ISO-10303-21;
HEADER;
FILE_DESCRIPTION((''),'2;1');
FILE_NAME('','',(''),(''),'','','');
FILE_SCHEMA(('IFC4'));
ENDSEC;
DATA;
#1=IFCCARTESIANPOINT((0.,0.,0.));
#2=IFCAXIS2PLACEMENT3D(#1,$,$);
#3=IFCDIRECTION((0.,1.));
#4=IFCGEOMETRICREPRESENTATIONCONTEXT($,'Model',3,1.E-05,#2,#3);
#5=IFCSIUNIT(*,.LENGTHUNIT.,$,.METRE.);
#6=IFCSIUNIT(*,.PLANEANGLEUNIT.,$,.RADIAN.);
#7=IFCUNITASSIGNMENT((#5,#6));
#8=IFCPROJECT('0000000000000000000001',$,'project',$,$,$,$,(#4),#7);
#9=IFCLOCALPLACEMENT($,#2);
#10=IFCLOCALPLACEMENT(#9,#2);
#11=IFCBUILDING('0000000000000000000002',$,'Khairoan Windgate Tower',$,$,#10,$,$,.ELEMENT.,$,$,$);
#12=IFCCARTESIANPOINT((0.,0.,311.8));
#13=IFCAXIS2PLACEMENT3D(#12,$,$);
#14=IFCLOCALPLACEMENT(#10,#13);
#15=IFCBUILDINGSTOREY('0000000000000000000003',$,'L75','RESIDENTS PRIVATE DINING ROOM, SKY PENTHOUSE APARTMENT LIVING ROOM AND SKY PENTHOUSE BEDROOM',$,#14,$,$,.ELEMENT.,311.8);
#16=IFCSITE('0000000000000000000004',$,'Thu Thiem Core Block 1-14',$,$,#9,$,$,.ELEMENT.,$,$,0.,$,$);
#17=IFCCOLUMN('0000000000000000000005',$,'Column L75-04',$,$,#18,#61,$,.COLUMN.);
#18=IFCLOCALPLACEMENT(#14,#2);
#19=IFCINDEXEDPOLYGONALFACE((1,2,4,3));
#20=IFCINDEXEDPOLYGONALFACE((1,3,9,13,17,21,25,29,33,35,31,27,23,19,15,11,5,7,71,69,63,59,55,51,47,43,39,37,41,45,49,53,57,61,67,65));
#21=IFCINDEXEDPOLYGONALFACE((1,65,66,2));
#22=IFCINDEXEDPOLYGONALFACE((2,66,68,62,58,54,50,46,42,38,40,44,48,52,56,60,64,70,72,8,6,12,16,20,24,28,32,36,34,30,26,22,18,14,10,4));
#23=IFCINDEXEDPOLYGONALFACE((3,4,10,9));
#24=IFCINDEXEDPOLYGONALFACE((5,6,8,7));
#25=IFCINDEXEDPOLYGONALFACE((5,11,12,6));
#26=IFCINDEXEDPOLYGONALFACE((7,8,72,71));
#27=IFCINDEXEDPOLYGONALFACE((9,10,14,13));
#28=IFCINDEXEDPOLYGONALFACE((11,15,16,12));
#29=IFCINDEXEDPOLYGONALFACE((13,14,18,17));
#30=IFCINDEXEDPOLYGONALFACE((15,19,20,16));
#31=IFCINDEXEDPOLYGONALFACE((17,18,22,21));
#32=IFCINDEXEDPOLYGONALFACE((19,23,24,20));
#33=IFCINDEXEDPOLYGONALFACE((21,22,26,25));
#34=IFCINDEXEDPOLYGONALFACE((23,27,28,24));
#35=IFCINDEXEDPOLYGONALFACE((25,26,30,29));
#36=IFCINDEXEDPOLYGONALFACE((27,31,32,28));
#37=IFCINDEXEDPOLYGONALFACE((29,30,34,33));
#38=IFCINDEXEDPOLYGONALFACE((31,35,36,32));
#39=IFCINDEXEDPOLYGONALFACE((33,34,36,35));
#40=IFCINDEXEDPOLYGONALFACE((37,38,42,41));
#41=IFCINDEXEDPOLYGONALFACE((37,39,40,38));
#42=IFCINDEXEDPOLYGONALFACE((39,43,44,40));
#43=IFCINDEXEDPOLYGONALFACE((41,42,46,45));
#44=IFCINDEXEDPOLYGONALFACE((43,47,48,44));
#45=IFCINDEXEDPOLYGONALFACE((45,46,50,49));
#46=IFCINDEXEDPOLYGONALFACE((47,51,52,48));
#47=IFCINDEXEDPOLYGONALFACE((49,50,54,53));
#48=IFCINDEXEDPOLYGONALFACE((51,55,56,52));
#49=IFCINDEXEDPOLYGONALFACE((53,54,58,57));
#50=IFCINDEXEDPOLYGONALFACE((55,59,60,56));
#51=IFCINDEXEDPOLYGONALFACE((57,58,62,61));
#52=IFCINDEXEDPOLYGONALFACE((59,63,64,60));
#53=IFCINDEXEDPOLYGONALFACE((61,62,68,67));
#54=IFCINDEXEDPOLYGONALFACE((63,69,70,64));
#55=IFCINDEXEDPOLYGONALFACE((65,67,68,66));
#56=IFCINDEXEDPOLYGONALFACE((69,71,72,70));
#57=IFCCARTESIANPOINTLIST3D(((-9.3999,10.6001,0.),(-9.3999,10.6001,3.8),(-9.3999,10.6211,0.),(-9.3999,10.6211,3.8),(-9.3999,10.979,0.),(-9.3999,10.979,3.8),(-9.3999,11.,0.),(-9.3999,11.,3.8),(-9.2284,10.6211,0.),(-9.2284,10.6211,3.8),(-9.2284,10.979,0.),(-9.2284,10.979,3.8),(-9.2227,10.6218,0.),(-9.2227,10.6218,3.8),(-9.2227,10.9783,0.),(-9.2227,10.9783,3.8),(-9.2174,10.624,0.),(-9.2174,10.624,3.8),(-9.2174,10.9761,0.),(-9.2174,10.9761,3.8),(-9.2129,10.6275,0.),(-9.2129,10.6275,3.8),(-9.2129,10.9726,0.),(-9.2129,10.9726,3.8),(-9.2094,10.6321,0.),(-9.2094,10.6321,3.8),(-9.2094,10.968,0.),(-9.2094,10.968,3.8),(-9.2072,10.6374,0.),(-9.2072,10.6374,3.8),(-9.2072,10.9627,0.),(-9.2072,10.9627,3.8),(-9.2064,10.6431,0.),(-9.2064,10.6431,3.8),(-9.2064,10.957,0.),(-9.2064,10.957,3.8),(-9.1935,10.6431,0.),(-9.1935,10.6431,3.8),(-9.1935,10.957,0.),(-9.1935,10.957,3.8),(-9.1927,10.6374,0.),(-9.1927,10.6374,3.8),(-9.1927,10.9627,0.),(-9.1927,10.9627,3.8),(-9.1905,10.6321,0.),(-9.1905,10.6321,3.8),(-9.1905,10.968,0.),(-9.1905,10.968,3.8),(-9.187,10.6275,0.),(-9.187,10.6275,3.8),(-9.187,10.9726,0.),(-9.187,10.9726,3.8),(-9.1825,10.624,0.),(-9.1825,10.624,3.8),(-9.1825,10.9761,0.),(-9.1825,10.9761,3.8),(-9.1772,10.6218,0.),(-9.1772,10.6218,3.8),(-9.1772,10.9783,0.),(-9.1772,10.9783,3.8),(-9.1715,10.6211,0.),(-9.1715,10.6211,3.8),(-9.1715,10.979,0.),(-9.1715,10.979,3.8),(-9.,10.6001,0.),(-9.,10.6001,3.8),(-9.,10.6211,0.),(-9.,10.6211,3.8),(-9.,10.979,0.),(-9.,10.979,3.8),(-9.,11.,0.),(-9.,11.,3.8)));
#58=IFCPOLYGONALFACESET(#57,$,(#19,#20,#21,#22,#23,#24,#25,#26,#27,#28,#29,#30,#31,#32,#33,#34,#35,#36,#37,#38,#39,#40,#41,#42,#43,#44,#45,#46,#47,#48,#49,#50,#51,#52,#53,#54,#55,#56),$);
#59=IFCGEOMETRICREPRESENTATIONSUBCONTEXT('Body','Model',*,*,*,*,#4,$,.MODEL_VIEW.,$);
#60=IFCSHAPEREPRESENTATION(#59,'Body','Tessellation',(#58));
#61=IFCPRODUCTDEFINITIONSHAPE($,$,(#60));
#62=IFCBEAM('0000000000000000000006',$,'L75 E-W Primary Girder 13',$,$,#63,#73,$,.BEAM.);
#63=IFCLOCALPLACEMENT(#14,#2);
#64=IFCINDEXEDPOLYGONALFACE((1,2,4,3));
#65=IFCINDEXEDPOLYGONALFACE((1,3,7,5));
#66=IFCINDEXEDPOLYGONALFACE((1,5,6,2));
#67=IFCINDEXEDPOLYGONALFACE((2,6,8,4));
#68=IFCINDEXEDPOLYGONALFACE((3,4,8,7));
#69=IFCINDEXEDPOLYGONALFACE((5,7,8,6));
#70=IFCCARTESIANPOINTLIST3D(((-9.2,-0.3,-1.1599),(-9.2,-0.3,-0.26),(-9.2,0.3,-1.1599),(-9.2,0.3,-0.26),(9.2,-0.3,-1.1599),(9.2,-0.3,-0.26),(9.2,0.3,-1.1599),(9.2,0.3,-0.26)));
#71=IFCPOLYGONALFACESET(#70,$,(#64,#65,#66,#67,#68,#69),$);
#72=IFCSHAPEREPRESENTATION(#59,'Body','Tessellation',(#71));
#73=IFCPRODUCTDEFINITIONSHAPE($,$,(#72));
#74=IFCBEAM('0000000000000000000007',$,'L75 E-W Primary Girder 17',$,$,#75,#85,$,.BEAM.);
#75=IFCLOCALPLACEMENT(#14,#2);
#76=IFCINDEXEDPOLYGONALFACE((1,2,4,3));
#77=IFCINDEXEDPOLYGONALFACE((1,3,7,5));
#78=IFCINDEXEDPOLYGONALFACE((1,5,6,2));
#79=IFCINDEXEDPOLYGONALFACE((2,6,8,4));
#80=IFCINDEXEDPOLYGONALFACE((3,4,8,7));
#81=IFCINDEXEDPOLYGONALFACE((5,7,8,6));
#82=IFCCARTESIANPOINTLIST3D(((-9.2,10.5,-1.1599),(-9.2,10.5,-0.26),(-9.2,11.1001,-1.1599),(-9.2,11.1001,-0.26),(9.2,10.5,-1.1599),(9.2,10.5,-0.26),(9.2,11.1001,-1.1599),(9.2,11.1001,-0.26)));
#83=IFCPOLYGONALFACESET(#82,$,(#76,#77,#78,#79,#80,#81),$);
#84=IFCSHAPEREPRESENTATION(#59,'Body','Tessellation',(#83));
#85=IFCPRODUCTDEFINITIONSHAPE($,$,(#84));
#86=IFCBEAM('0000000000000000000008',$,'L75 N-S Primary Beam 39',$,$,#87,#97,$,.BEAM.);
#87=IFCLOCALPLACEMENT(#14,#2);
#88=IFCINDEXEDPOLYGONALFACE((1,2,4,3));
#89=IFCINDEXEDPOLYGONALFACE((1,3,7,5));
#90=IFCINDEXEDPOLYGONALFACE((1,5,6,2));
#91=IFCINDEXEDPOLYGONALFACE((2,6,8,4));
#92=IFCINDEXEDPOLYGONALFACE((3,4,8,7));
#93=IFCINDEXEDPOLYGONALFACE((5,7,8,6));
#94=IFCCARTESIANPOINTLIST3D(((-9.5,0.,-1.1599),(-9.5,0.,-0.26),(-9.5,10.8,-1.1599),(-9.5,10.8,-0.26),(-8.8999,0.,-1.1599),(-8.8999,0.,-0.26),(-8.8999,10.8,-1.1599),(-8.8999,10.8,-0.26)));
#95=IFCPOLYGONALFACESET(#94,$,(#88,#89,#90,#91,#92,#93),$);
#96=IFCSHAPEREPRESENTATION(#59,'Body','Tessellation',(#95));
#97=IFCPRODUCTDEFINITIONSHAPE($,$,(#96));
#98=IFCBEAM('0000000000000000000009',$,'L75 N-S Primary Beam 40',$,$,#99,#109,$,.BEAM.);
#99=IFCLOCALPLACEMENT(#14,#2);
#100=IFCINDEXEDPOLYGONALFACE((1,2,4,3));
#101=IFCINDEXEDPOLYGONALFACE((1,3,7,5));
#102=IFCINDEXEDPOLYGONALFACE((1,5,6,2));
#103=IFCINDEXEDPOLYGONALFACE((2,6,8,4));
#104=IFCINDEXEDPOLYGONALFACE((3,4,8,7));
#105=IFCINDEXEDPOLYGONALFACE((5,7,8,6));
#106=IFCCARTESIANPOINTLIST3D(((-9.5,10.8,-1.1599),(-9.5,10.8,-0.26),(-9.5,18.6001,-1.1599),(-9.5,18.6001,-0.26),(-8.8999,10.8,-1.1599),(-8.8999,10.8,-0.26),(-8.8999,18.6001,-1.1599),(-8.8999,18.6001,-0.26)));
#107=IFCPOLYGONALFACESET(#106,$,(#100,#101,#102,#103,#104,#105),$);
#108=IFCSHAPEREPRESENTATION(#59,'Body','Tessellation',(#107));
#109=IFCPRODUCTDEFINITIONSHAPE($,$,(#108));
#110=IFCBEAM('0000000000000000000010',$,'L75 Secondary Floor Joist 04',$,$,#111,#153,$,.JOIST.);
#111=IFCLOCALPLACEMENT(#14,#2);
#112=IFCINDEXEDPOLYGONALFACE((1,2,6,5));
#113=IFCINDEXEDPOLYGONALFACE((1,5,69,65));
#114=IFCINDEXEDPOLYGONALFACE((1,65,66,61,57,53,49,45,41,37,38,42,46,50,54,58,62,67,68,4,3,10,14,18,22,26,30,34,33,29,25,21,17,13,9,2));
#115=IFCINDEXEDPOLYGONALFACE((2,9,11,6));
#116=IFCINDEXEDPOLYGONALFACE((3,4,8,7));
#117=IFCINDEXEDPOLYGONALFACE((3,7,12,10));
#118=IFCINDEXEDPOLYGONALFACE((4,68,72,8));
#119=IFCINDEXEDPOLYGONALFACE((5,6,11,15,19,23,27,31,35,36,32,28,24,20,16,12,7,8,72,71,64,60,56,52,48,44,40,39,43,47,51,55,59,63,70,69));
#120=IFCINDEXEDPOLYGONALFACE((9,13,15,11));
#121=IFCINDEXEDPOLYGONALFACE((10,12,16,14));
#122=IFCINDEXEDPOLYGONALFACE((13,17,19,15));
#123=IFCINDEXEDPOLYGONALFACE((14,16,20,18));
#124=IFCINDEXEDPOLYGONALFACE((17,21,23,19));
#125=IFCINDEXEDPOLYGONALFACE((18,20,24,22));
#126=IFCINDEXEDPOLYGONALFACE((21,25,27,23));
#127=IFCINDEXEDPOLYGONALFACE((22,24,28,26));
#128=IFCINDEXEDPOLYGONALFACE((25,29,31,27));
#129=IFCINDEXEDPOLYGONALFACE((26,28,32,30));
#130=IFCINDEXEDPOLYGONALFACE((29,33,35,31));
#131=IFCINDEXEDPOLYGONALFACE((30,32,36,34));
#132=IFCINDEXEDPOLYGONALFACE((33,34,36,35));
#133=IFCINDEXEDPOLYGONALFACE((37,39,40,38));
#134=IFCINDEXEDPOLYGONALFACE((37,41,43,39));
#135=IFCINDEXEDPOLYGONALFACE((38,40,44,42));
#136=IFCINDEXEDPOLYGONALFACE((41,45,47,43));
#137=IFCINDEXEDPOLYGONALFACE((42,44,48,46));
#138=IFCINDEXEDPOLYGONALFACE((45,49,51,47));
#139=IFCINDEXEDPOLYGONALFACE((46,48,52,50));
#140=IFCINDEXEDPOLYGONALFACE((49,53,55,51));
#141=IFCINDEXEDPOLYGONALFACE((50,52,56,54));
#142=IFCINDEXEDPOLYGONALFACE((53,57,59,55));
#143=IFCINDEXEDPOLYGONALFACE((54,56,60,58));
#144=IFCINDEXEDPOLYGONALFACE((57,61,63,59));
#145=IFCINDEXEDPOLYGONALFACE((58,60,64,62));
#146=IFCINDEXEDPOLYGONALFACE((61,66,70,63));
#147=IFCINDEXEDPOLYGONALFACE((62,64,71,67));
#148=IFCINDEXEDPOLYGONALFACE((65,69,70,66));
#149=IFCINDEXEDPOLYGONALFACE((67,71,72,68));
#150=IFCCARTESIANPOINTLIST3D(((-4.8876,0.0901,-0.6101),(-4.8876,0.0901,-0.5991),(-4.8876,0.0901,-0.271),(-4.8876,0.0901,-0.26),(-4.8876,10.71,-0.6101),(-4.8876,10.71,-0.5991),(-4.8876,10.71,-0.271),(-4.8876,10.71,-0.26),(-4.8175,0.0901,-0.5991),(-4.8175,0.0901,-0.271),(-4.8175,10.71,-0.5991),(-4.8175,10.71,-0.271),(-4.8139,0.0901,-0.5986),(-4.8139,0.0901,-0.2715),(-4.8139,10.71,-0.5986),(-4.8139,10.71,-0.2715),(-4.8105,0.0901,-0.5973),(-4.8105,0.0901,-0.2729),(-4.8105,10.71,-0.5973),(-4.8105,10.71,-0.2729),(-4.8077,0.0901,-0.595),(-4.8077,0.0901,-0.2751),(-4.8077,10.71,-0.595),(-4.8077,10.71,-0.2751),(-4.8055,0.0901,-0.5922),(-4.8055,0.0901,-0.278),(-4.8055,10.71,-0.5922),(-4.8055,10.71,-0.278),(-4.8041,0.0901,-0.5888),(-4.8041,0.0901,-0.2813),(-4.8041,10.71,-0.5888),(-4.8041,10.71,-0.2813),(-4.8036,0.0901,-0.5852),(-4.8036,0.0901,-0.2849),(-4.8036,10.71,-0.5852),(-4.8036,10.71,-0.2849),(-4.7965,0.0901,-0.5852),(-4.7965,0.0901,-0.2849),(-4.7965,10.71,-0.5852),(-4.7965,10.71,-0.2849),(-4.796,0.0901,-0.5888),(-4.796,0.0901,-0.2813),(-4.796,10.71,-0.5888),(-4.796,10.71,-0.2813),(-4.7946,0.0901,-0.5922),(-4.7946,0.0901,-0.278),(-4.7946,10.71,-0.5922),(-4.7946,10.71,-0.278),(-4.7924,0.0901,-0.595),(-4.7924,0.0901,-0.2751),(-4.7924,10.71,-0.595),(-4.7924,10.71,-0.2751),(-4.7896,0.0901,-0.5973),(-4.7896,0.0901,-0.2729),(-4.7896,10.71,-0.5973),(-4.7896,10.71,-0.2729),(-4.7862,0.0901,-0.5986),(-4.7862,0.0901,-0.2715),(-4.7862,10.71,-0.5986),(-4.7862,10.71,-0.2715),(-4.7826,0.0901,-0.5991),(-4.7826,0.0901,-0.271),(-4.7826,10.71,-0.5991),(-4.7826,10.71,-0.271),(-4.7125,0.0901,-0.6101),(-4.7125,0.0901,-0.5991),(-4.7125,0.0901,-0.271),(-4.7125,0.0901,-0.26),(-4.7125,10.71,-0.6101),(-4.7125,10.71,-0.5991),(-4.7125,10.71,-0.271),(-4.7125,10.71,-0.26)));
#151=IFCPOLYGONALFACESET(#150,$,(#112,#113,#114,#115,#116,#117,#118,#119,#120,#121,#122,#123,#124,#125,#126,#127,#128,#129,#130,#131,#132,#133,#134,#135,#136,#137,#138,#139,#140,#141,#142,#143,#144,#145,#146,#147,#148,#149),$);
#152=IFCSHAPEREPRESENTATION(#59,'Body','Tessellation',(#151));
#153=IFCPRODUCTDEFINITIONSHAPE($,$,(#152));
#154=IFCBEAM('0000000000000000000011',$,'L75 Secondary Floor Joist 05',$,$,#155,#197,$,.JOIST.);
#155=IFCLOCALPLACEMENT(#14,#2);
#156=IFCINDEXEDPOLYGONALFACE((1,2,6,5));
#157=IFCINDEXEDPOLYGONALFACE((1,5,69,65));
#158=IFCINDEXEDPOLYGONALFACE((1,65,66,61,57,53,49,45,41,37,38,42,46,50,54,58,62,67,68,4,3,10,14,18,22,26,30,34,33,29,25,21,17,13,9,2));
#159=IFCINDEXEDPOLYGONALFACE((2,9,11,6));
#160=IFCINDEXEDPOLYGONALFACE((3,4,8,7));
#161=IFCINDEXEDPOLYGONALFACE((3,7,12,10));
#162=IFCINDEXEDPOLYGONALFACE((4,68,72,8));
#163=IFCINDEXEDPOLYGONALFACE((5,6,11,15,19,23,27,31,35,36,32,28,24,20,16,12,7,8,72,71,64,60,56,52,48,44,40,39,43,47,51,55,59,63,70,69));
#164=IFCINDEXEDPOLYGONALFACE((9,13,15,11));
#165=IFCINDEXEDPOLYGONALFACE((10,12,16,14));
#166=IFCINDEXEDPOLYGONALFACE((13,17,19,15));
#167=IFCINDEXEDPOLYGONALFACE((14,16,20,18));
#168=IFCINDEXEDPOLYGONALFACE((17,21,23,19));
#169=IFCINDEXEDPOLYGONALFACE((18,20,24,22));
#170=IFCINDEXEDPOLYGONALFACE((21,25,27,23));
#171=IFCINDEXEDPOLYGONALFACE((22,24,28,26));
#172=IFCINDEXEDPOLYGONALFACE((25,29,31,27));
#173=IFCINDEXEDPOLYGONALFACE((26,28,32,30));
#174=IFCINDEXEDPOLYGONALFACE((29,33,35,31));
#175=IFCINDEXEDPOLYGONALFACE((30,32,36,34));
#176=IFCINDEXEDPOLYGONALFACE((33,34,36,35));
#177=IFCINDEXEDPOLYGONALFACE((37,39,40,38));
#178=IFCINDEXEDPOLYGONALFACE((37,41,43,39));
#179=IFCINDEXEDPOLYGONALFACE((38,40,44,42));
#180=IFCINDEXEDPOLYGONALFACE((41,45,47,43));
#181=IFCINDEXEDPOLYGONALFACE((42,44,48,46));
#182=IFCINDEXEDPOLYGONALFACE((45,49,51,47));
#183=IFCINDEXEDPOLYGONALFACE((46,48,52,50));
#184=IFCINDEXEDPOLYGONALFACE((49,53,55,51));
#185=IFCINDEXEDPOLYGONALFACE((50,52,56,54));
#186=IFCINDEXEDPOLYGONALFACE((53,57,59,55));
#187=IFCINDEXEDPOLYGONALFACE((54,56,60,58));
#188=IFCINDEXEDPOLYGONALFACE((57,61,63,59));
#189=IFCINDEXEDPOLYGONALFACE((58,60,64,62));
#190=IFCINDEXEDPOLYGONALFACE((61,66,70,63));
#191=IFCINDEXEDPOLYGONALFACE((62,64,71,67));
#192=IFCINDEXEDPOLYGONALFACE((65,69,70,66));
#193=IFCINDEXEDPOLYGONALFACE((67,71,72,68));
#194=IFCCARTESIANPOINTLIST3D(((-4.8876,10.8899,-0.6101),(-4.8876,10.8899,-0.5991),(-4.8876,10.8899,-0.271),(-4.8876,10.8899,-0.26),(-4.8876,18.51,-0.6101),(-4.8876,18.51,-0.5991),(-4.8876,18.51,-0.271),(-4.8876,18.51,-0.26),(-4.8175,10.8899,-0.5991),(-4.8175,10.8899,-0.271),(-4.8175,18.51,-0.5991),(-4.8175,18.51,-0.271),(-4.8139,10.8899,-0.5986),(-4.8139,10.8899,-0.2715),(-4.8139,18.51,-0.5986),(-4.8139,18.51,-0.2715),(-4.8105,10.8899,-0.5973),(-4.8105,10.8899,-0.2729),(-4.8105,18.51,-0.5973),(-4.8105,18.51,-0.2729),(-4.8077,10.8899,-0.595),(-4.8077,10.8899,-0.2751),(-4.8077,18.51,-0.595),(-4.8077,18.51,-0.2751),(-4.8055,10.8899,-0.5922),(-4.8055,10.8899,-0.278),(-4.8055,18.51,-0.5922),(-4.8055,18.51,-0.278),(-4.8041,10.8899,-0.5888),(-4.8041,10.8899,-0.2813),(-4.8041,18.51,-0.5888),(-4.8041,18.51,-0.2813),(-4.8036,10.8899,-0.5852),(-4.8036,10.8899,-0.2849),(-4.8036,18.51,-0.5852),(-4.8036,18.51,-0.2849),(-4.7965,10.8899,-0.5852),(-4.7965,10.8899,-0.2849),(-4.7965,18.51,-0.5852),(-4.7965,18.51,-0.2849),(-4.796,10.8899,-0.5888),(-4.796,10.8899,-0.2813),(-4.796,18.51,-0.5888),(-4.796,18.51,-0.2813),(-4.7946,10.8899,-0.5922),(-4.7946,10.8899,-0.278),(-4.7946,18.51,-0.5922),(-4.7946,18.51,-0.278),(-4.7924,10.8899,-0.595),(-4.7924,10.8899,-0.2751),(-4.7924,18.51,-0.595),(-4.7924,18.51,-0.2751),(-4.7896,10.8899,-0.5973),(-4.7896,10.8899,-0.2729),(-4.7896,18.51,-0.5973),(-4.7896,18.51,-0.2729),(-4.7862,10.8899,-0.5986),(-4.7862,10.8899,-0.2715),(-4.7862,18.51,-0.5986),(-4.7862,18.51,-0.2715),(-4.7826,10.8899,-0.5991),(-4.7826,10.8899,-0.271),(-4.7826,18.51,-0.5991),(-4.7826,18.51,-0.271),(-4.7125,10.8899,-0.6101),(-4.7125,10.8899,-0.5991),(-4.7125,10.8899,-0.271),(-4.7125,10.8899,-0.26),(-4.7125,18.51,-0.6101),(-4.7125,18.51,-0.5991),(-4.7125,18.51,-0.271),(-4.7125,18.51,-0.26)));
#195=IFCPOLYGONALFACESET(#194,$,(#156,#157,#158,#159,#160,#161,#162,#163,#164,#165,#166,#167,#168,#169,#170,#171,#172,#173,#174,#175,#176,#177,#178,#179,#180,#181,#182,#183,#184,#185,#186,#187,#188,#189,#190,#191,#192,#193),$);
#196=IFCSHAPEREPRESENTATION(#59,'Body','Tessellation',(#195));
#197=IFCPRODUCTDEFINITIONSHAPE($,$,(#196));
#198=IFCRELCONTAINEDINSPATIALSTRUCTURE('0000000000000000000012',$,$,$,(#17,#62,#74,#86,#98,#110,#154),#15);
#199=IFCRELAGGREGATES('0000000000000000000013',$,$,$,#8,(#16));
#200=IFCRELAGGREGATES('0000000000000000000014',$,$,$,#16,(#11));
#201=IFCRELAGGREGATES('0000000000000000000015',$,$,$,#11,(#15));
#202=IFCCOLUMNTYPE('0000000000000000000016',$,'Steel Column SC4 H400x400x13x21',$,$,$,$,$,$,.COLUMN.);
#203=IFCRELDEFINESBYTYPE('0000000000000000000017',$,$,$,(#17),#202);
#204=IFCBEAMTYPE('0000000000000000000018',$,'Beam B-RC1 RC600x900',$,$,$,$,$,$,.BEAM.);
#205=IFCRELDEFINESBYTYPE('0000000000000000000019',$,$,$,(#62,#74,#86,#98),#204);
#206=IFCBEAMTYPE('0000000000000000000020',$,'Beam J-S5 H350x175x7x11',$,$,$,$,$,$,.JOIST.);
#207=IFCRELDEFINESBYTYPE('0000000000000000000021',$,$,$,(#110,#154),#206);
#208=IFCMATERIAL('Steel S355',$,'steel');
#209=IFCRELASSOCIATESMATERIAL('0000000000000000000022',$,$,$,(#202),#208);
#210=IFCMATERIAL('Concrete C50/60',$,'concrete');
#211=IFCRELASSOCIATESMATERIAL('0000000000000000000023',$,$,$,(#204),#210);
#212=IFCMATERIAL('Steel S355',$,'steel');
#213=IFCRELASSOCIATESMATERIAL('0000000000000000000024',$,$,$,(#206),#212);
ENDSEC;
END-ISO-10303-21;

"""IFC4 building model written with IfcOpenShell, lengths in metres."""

from ifc_helpers import new_model, si_unit, direction, frame, origin, origin_2d, place, context, subcontext, project, spatial, rectangle, i_section, extrude, material, material_profile, profile_set, type_object, element, save


model = new_model("IFC4")

# Units and contexts
model_context = context("Model", 3, precision=1e-05, world=origin(), true_north=direction((0.0, 1.0)))
body_context = subcontext(model_context, "Body", "Model", "MODEL_VIEW")
ifc_project = project(units=[si_unit("LENGTHUNIT", "METRE"), si_unit("PLANEANGLEUNIT", "RADIAN")], contexts=[model_context])

# Site, building, storey
site_placement = place(None, origin())
site = spatial("IfcSite", under=ifc_project, at=site_placement, Name="Thu Thiem Core Block 1-14", CompositionType="ELEMENT", RefElevation=0.0)
building_placement = place(site_placement, origin())
building = spatial("IfcBuilding", under=site, at=building_placement, Name="Khairoan Windgate Tower", CompositionType="ELEMENT")
storey_placement = place(building_placement, frame((0.0, 0.0, 311.8)))
storey = spatial("IfcBuildingStorey", under=building, at=storey_placement, Name="L75", Description="RESIDENTS PRIVATE DINING ROOM, SKY PENTHOUSE APARTMENT LIVING ROOM AND SKY PENTHOUSE BEDROOM", CompositionType="ELEMENT", Elevation=311.8)

# Column
ifc_material_1 = material(Name="Steel S355", Category="steel")
ifc_material_profile_1 = material_profile(ifc_material_1, i_section(OverallWidth=0.3999, OverallDepth=0.3999, WebThickness=0.0129, FlangeThickness=0.021, FilletRadius=0.022, at=origin_2d()))
ifc_profile_set_1 = profile_set([ifc_material_profile_1], Name="Steel S355")
column_type = type_object("IfcColumnType", Name="Steel Column SC4 H400x400x13x21", PredefinedType="COLUMN", material=ifc_profile_set_1)
column_placement = place(storey_placement, frame((-9.2, 10.8, 0.0), z_axis=(0.0, 0.0, 1.0), x_axis=(1.0, 0.0, 0.0)))
element("IfcColumn", 1, at=column_placement, inside=storey, type_object=column_type, Name="Column L75-04", PredefinedType="COLUMN", context=body_context, shape_type="SweptSolid", body=[
    extrude(i_section(OverallWidth=0.3999, OverallDepth=0.3999, WebThickness=0.0129, FlangeThickness=0.021, FilletRadius=0.022, at=origin_2d()), origin(), (0.0, 0.0, 1.0), 3.8),
])

# Beams
ifc_material_2 = material(Name="Concrete C50/60", Category="concrete")
ifc_material_profile_2 = material_profile(ifc_material_2, rectangle(XDim=0.6001, YDim=0.8999, at=origin_2d()))
ifc_profile_set_2 = profile_set([ifc_material_profile_2], Name="Concrete C50/60")
beam_type_1 = type_object("IfcBeamType", Name="Beam B-RC1 RC600x900", PredefinedType="BEAM", material=ifc_profile_set_2)
for number, where, z_axis, x_axis, name in (
    (2, (-9.2, 0.0, -0.71), (1.0, 0.0, 0.0), (0.0, 1.0, 0.0), "L75 E-W Primary Girder 13"),
    (3, (-9.2, 10.8, -0.71), (1.0, 0.0, 0.0), (0.0, 1.0, 0.0), "L75 E-W Primary Girder 17"),
):
    element("IfcBeam", number, at=place(storey_placement, frame(where, z_axis=z_axis, x_axis=x_axis)), inside=storey, type_object=beam_type_1, Name=name, PredefinedType="BEAM", context=body_context, shape_type="SweptSolid", body=[
        extrude(rectangle(XDim=0.6001, YDim=0.8999, at=origin_2d()), origin(), (0.0, 0.0, 1.0), 18.3999),
    ])
beam_1_placement = place(storey_placement, frame((-9.2, 0.0, -0.71), z_axis=(0.0, 1.0, 0.0), x_axis=(-1.0, 0.0, 0.0)))
element("IfcBeam", 4, at=beam_1_placement, inside=storey, type_object=beam_type_1, Name="L75 N-S Primary Beam 39", PredefinedType="BEAM", context=body_context, shape_type="SweptSolid", body=[
    extrude(rectangle(XDim=0.6001, YDim=0.8999, at=origin_2d()), origin(), (0.0, 0.0, 1.0), 10.8),
])
beam_2_placement = place(storey_placement, frame((-9.2, 10.8, -0.71), z_axis=(0.0, 1.0, 0.0), x_axis=(-1.0, 0.0, 0.0)))
element("IfcBeam", 5, at=beam_2_placement, inside=storey, type_object=beam_type_1, Name="L75 N-S Primary Beam 40", PredefinedType="BEAM", context=body_context, shape_type="SweptSolid", body=[
    extrude(rectangle(XDim=0.6001, YDim=0.8999, at=origin_2d()), origin(), (0.0, 0.0, 1.0), 7.8),
])
ifc_material_3 = material(Name="Steel S355", Category="steel")
ifc_material_profile_3 = material_profile(ifc_material_3, i_section(OverallWidth=0.175, OverallDepth=0.3501, WebThickness=0.0071, FlangeThickness=0.011, FilletRadius=0.0139, at=origin_2d()))
ifc_profile_set_3 = profile_set([ifc_material_profile_3], Name="Steel S355")
beam_type_2 = type_object("IfcBeamType", Name="Beam J-S5 H350x175x7x11", PredefinedType="JOIST", material=ifc_profile_set_3)
beam_3_placement = place(storey_placement, frame((-4.8, 0.0901, -0.4351), z_axis=(0.0, 1.0, 0.0), x_axis=(-1.0, 0.0, 0.0)))
element("IfcBeam", 6, at=beam_3_placement, inside=storey, type_object=beam_type_2, Name="L75 Secondary Floor Joist 04", PredefinedType="JOIST", context=body_context, shape_type="SweptSolid", body=[
    extrude(i_section(OverallWidth=0.175, OverallDepth=0.3501, WebThickness=0.0071, FlangeThickness=0.011, FilletRadius=0.0139, at=origin_2d()), origin(), (0.0, 0.0, 1.0), 10.6199),
])
beam_4_placement = place(storey_placement, frame((-4.8, 10.8899, -0.4351), z_axis=(0.0, 1.0, 0.0), x_axis=(-1.0, 0.0, 0.0)))
element("IfcBeam", 7, at=beam_4_placement, inside=storey, type_object=beam_type_2, Name="L75 Secondary Floor Joist 05", PredefinedType="JOIST", context=body_context, shape_type="SweptSolid", body=[
    extrude(i_section(OverallWidth=0.175, OverallDepth=0.3501, WebThickness=0.0071, FlangeThickness=0.011, FilletRadius=0.0139, at=origin_2d()), origin(), (0.0, 0.0, 1.0), 7.6201),
])

save(model, "model.ifc")
